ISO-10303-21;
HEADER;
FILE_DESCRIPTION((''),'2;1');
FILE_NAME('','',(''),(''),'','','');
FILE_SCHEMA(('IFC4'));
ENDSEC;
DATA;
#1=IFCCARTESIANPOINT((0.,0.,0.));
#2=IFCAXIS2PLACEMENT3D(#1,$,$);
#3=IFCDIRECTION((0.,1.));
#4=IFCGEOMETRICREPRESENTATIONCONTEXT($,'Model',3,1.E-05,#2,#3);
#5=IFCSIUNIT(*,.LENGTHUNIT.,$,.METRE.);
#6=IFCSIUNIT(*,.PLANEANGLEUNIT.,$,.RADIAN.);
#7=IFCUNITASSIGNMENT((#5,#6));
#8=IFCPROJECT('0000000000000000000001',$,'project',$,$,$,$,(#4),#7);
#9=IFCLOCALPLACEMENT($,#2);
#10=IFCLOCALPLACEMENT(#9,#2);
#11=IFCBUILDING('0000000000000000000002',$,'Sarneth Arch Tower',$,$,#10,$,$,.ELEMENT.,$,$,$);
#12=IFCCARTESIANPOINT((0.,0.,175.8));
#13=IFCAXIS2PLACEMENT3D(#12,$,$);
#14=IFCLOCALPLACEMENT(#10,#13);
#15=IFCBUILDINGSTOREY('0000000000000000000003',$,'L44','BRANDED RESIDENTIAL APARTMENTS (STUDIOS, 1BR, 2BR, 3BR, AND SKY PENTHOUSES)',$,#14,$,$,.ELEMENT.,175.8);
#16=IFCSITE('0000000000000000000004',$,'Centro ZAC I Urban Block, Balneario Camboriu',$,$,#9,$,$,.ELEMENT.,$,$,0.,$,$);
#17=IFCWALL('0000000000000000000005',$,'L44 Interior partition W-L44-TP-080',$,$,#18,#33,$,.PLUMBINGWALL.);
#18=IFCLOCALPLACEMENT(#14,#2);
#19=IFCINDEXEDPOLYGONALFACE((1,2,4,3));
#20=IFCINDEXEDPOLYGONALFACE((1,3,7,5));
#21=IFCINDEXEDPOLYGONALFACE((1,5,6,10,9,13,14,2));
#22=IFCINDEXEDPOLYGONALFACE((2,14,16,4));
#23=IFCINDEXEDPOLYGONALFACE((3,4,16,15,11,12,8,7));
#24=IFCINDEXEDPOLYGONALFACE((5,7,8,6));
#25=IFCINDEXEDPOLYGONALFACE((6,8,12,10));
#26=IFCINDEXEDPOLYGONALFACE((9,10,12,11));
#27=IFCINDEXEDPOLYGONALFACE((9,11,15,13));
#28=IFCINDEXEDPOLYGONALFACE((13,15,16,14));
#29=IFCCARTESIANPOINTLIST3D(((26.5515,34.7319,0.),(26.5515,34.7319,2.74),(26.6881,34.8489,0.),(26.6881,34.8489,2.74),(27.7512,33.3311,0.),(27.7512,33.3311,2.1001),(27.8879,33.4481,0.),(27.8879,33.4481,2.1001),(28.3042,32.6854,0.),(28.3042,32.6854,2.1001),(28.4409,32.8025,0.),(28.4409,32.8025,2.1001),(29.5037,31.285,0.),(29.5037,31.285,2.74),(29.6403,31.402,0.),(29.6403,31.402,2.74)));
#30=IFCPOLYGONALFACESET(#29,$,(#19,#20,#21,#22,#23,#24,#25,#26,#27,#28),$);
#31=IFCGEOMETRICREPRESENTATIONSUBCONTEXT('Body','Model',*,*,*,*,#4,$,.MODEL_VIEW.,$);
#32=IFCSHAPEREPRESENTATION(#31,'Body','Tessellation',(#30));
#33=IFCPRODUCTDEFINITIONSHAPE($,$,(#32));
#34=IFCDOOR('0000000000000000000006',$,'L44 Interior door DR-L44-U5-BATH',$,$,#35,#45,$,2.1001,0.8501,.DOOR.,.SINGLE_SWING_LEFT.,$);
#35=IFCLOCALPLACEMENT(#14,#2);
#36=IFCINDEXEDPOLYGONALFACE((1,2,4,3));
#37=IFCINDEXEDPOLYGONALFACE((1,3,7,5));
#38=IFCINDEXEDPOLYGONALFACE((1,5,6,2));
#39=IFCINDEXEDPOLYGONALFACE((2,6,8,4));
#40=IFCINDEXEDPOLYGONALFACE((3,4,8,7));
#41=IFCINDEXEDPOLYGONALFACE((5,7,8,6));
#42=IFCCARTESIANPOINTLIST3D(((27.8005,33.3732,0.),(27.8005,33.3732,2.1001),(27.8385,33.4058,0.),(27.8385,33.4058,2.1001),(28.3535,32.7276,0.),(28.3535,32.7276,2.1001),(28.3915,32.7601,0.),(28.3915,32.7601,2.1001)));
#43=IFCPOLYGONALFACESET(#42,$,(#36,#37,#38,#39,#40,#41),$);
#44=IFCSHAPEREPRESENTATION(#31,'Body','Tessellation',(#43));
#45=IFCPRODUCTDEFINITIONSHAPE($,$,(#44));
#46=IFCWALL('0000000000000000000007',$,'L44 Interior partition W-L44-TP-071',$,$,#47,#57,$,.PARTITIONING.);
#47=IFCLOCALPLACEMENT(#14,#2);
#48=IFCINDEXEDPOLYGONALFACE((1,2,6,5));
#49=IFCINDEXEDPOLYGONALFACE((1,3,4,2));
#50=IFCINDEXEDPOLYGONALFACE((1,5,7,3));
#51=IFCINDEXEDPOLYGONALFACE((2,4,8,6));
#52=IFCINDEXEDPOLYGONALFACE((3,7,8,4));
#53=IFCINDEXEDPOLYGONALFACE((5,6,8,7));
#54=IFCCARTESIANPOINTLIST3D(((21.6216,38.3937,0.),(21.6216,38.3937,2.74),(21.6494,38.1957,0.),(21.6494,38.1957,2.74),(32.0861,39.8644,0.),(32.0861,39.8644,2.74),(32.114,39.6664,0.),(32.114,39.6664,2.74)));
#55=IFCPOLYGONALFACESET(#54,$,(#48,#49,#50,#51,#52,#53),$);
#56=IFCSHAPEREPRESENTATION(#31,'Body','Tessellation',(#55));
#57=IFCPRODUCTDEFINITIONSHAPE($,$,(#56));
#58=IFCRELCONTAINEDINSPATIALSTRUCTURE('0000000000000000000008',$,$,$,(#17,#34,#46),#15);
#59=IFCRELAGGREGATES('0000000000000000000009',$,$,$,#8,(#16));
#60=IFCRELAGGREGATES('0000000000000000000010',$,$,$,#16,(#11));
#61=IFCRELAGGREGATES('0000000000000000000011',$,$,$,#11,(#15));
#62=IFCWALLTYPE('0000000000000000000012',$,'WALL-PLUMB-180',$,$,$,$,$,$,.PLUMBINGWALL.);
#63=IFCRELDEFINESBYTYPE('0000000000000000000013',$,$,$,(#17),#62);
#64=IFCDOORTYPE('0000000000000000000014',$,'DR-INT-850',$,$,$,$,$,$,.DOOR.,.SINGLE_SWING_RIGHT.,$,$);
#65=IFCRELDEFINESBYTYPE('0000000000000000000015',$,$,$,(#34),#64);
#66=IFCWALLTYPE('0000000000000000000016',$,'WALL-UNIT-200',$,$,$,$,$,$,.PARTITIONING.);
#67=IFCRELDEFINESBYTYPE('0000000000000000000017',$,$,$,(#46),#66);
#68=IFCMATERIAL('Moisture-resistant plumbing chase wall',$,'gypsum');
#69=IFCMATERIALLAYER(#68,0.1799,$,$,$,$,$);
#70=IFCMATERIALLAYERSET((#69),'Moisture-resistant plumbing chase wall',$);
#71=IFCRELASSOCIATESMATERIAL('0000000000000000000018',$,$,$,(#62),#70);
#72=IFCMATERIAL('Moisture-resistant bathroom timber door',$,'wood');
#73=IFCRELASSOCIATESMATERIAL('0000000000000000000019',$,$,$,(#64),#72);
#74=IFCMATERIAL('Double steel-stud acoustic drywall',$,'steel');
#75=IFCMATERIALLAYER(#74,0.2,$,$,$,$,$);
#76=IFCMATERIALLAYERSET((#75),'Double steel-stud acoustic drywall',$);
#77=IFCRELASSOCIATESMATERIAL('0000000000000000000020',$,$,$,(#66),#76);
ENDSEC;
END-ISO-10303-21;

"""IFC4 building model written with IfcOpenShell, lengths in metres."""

from ifc_helpers import new_model, si_unit, direction, frame, frame_2d, origin, place, context, subcontext, project, spatial, rectangle, extrude, material, layer, layer_set, type_object, element, fill, save


model = new_model("IFC4")

# Units and contexts
model_context = context("Model", 3, precision=1e-05, world=origin(), true_north=direction((0.0, 1.0)))
body_context = subcontext(model_context, "Body", "Model", "MODEL_VIEW")
ifc_project = project(units=[si_unit("LENGTHUNIT", "METRE"), si_unit("PLANEANGLEUNIT", "RADIAN")], contexts=[model_context])

# Site, building, storey
site_placement = place(None, origin())
site = spatial("IfcSite", under=ifc_project, at=site_placement, Name="Centro ZAC I Urban Block, Balneario Camboriu", CompositionType="ELEMENT", RefElevation=0.0)
building_placement = place(site_placement, origin())
building = spatial("IfcBuilding", under=site, at=building_placement, Name="Sarneth Arch Tower", CompositionType="ELEMENT")
storey_placement = place(building_placement, frame((0.0, 0.0, 175.8)))
storey = spatial("IfcBuildingStorey", under=building, at=storey_placement, Name="L44", Description="BRANDED RESIDENTIAL APARTMENTS (STUDIOS, 1BR, 2BR, 3BR, AND SKY PENTHOUSES)", CompositionType="ELEMENT", Elevation=175.8)

# Wall, opening, door
ifc_material_1 = material(Name="Moisture-resistant plumbing chase wall", Category="gypsum")
ifc_layer_1 = layer(ifc_material_1, 0.1799)
ifc_layer_set_1 = layer_set([ifc_layer_1], Name="Moisture-resistant plumbing chase wall")
wall_type_1 = type_object("IfcWallType", Name="WALL-PLUMB-180", PredefinedType="PLUMBINGWALL", material=ifc_layer_set_1)
wall_1_placement = place(storey_placement, frame((26.6199, 34.7903, 0.0), z_axis=(0.0, 0.0, 1.0), x_axis=(0.650508, -0.7595, 0.0)))
wall_1 = element("IfcWall", 1, at=wall_1_placement, inside=storey, type_object=wall_type_1, Name="L44 Interior partition W-L44-TP-080", PredefinedType="PLUMBINGWALL", context=body_context, shape_type="SweptSolid", body=[
    extrude(rectangle(XDim=4.5383, YDim=0.1799, at=frame_2d((2.269, 0.0))), origin(), (0.0, 0.0, 1.0), 2.74),
])
opening_1_placement = place(wall_1_placement, frame((1.8442, 0.0, 0.0)))
opening_1 = element("IfcOpeningElement", 2, at=opening_1_placement, cuts=wall_1, PredefinedType="OPENING", context=body_context, shape_type="SweptSolid", body=[
    extrude(rectangle(XDim=0.8501, YDim=2.1001, at=frame_2d((0.425, 1.05))), frame((0.0, 0.0999, 0.0), z_axis=(0.0, -1.0, 0.0), x_axis=(1.0, 0.0, 0.0)), (0.0, 0.0, 1.0), 0.2),
])
ifc_material_2 = material(Name="Moisture-resistant bathroom timber door", Category="wood")
door_type_1 = type_object("IfcDoorType", Name="DR-INT-850", OperationType="SINGLE_SWING_RIGHT", PredefinedType="DOOR", material=ifc_material_2)
door_1_placement = place(opening_1_placement, origin())
door_1 = element("IfcDoor", 3, at=door_1_placement, inside=storey, type_object=door_type_1, Name="L44 Interior door DR-L44-U5-BATH", OperationType="SINGLE_SWING_LEFT", OverallHeight=2.1001, OverallWidth=0.8501, PredefinedType="DOOR", context=body_context, shape_type="SweptSolid", body=[
    extrude(rectangle(XDim=0.8501, YDim=2.1001, at=frame_2d((0.425, 1.05))), frame((0.0, 0.0249, 0.0), z_axis=(0.0, -1.0, 0.0), x_axis=(1.0, 0.0, 0.0)), (0.0, 0.0, 1.0), 0.05),
])
fill(opening_1, door_1)

# Wall
ifc_material_3 = material(Name="Double steel-stud acoustic drywall", Category="steel")
ifc_layer_2 = layer(ifc_material_3, 0.2)
ifc_layer_set_2 = layer_set([ifc_layer_2], Name="Double steel-stud acoustic drywall")
wall_type_2 = type_object("IfcWallType", Name="WALL-UNIT-200", PredefinedType="PARTITIONING", material=ifc_layer_set_2)
wall_2_placement = place(storey_placement, frame((21.6355, 38.2947, 0.0), z_axis=(0.0, 0.0, 1.0), x_axis=(0.990268, 0.139173, 0.0)))
element("IfcWall", 4, at=wall_2_placement, inside=storey, type_object=wall_type_2, Name="L44 Interior partition W-L44-TP-071", PredefinedType="PARTITIONING", context=body_context, shape_type="SweptSolid", body=[
    extrude(rectangle(XDim=10.5674, YDim=0.2, at=frame_2d((5.2837, 0.0))), origin(), (0.0, 0.0, 1.0), 2.74),
])

save(model, "model.ifc")
